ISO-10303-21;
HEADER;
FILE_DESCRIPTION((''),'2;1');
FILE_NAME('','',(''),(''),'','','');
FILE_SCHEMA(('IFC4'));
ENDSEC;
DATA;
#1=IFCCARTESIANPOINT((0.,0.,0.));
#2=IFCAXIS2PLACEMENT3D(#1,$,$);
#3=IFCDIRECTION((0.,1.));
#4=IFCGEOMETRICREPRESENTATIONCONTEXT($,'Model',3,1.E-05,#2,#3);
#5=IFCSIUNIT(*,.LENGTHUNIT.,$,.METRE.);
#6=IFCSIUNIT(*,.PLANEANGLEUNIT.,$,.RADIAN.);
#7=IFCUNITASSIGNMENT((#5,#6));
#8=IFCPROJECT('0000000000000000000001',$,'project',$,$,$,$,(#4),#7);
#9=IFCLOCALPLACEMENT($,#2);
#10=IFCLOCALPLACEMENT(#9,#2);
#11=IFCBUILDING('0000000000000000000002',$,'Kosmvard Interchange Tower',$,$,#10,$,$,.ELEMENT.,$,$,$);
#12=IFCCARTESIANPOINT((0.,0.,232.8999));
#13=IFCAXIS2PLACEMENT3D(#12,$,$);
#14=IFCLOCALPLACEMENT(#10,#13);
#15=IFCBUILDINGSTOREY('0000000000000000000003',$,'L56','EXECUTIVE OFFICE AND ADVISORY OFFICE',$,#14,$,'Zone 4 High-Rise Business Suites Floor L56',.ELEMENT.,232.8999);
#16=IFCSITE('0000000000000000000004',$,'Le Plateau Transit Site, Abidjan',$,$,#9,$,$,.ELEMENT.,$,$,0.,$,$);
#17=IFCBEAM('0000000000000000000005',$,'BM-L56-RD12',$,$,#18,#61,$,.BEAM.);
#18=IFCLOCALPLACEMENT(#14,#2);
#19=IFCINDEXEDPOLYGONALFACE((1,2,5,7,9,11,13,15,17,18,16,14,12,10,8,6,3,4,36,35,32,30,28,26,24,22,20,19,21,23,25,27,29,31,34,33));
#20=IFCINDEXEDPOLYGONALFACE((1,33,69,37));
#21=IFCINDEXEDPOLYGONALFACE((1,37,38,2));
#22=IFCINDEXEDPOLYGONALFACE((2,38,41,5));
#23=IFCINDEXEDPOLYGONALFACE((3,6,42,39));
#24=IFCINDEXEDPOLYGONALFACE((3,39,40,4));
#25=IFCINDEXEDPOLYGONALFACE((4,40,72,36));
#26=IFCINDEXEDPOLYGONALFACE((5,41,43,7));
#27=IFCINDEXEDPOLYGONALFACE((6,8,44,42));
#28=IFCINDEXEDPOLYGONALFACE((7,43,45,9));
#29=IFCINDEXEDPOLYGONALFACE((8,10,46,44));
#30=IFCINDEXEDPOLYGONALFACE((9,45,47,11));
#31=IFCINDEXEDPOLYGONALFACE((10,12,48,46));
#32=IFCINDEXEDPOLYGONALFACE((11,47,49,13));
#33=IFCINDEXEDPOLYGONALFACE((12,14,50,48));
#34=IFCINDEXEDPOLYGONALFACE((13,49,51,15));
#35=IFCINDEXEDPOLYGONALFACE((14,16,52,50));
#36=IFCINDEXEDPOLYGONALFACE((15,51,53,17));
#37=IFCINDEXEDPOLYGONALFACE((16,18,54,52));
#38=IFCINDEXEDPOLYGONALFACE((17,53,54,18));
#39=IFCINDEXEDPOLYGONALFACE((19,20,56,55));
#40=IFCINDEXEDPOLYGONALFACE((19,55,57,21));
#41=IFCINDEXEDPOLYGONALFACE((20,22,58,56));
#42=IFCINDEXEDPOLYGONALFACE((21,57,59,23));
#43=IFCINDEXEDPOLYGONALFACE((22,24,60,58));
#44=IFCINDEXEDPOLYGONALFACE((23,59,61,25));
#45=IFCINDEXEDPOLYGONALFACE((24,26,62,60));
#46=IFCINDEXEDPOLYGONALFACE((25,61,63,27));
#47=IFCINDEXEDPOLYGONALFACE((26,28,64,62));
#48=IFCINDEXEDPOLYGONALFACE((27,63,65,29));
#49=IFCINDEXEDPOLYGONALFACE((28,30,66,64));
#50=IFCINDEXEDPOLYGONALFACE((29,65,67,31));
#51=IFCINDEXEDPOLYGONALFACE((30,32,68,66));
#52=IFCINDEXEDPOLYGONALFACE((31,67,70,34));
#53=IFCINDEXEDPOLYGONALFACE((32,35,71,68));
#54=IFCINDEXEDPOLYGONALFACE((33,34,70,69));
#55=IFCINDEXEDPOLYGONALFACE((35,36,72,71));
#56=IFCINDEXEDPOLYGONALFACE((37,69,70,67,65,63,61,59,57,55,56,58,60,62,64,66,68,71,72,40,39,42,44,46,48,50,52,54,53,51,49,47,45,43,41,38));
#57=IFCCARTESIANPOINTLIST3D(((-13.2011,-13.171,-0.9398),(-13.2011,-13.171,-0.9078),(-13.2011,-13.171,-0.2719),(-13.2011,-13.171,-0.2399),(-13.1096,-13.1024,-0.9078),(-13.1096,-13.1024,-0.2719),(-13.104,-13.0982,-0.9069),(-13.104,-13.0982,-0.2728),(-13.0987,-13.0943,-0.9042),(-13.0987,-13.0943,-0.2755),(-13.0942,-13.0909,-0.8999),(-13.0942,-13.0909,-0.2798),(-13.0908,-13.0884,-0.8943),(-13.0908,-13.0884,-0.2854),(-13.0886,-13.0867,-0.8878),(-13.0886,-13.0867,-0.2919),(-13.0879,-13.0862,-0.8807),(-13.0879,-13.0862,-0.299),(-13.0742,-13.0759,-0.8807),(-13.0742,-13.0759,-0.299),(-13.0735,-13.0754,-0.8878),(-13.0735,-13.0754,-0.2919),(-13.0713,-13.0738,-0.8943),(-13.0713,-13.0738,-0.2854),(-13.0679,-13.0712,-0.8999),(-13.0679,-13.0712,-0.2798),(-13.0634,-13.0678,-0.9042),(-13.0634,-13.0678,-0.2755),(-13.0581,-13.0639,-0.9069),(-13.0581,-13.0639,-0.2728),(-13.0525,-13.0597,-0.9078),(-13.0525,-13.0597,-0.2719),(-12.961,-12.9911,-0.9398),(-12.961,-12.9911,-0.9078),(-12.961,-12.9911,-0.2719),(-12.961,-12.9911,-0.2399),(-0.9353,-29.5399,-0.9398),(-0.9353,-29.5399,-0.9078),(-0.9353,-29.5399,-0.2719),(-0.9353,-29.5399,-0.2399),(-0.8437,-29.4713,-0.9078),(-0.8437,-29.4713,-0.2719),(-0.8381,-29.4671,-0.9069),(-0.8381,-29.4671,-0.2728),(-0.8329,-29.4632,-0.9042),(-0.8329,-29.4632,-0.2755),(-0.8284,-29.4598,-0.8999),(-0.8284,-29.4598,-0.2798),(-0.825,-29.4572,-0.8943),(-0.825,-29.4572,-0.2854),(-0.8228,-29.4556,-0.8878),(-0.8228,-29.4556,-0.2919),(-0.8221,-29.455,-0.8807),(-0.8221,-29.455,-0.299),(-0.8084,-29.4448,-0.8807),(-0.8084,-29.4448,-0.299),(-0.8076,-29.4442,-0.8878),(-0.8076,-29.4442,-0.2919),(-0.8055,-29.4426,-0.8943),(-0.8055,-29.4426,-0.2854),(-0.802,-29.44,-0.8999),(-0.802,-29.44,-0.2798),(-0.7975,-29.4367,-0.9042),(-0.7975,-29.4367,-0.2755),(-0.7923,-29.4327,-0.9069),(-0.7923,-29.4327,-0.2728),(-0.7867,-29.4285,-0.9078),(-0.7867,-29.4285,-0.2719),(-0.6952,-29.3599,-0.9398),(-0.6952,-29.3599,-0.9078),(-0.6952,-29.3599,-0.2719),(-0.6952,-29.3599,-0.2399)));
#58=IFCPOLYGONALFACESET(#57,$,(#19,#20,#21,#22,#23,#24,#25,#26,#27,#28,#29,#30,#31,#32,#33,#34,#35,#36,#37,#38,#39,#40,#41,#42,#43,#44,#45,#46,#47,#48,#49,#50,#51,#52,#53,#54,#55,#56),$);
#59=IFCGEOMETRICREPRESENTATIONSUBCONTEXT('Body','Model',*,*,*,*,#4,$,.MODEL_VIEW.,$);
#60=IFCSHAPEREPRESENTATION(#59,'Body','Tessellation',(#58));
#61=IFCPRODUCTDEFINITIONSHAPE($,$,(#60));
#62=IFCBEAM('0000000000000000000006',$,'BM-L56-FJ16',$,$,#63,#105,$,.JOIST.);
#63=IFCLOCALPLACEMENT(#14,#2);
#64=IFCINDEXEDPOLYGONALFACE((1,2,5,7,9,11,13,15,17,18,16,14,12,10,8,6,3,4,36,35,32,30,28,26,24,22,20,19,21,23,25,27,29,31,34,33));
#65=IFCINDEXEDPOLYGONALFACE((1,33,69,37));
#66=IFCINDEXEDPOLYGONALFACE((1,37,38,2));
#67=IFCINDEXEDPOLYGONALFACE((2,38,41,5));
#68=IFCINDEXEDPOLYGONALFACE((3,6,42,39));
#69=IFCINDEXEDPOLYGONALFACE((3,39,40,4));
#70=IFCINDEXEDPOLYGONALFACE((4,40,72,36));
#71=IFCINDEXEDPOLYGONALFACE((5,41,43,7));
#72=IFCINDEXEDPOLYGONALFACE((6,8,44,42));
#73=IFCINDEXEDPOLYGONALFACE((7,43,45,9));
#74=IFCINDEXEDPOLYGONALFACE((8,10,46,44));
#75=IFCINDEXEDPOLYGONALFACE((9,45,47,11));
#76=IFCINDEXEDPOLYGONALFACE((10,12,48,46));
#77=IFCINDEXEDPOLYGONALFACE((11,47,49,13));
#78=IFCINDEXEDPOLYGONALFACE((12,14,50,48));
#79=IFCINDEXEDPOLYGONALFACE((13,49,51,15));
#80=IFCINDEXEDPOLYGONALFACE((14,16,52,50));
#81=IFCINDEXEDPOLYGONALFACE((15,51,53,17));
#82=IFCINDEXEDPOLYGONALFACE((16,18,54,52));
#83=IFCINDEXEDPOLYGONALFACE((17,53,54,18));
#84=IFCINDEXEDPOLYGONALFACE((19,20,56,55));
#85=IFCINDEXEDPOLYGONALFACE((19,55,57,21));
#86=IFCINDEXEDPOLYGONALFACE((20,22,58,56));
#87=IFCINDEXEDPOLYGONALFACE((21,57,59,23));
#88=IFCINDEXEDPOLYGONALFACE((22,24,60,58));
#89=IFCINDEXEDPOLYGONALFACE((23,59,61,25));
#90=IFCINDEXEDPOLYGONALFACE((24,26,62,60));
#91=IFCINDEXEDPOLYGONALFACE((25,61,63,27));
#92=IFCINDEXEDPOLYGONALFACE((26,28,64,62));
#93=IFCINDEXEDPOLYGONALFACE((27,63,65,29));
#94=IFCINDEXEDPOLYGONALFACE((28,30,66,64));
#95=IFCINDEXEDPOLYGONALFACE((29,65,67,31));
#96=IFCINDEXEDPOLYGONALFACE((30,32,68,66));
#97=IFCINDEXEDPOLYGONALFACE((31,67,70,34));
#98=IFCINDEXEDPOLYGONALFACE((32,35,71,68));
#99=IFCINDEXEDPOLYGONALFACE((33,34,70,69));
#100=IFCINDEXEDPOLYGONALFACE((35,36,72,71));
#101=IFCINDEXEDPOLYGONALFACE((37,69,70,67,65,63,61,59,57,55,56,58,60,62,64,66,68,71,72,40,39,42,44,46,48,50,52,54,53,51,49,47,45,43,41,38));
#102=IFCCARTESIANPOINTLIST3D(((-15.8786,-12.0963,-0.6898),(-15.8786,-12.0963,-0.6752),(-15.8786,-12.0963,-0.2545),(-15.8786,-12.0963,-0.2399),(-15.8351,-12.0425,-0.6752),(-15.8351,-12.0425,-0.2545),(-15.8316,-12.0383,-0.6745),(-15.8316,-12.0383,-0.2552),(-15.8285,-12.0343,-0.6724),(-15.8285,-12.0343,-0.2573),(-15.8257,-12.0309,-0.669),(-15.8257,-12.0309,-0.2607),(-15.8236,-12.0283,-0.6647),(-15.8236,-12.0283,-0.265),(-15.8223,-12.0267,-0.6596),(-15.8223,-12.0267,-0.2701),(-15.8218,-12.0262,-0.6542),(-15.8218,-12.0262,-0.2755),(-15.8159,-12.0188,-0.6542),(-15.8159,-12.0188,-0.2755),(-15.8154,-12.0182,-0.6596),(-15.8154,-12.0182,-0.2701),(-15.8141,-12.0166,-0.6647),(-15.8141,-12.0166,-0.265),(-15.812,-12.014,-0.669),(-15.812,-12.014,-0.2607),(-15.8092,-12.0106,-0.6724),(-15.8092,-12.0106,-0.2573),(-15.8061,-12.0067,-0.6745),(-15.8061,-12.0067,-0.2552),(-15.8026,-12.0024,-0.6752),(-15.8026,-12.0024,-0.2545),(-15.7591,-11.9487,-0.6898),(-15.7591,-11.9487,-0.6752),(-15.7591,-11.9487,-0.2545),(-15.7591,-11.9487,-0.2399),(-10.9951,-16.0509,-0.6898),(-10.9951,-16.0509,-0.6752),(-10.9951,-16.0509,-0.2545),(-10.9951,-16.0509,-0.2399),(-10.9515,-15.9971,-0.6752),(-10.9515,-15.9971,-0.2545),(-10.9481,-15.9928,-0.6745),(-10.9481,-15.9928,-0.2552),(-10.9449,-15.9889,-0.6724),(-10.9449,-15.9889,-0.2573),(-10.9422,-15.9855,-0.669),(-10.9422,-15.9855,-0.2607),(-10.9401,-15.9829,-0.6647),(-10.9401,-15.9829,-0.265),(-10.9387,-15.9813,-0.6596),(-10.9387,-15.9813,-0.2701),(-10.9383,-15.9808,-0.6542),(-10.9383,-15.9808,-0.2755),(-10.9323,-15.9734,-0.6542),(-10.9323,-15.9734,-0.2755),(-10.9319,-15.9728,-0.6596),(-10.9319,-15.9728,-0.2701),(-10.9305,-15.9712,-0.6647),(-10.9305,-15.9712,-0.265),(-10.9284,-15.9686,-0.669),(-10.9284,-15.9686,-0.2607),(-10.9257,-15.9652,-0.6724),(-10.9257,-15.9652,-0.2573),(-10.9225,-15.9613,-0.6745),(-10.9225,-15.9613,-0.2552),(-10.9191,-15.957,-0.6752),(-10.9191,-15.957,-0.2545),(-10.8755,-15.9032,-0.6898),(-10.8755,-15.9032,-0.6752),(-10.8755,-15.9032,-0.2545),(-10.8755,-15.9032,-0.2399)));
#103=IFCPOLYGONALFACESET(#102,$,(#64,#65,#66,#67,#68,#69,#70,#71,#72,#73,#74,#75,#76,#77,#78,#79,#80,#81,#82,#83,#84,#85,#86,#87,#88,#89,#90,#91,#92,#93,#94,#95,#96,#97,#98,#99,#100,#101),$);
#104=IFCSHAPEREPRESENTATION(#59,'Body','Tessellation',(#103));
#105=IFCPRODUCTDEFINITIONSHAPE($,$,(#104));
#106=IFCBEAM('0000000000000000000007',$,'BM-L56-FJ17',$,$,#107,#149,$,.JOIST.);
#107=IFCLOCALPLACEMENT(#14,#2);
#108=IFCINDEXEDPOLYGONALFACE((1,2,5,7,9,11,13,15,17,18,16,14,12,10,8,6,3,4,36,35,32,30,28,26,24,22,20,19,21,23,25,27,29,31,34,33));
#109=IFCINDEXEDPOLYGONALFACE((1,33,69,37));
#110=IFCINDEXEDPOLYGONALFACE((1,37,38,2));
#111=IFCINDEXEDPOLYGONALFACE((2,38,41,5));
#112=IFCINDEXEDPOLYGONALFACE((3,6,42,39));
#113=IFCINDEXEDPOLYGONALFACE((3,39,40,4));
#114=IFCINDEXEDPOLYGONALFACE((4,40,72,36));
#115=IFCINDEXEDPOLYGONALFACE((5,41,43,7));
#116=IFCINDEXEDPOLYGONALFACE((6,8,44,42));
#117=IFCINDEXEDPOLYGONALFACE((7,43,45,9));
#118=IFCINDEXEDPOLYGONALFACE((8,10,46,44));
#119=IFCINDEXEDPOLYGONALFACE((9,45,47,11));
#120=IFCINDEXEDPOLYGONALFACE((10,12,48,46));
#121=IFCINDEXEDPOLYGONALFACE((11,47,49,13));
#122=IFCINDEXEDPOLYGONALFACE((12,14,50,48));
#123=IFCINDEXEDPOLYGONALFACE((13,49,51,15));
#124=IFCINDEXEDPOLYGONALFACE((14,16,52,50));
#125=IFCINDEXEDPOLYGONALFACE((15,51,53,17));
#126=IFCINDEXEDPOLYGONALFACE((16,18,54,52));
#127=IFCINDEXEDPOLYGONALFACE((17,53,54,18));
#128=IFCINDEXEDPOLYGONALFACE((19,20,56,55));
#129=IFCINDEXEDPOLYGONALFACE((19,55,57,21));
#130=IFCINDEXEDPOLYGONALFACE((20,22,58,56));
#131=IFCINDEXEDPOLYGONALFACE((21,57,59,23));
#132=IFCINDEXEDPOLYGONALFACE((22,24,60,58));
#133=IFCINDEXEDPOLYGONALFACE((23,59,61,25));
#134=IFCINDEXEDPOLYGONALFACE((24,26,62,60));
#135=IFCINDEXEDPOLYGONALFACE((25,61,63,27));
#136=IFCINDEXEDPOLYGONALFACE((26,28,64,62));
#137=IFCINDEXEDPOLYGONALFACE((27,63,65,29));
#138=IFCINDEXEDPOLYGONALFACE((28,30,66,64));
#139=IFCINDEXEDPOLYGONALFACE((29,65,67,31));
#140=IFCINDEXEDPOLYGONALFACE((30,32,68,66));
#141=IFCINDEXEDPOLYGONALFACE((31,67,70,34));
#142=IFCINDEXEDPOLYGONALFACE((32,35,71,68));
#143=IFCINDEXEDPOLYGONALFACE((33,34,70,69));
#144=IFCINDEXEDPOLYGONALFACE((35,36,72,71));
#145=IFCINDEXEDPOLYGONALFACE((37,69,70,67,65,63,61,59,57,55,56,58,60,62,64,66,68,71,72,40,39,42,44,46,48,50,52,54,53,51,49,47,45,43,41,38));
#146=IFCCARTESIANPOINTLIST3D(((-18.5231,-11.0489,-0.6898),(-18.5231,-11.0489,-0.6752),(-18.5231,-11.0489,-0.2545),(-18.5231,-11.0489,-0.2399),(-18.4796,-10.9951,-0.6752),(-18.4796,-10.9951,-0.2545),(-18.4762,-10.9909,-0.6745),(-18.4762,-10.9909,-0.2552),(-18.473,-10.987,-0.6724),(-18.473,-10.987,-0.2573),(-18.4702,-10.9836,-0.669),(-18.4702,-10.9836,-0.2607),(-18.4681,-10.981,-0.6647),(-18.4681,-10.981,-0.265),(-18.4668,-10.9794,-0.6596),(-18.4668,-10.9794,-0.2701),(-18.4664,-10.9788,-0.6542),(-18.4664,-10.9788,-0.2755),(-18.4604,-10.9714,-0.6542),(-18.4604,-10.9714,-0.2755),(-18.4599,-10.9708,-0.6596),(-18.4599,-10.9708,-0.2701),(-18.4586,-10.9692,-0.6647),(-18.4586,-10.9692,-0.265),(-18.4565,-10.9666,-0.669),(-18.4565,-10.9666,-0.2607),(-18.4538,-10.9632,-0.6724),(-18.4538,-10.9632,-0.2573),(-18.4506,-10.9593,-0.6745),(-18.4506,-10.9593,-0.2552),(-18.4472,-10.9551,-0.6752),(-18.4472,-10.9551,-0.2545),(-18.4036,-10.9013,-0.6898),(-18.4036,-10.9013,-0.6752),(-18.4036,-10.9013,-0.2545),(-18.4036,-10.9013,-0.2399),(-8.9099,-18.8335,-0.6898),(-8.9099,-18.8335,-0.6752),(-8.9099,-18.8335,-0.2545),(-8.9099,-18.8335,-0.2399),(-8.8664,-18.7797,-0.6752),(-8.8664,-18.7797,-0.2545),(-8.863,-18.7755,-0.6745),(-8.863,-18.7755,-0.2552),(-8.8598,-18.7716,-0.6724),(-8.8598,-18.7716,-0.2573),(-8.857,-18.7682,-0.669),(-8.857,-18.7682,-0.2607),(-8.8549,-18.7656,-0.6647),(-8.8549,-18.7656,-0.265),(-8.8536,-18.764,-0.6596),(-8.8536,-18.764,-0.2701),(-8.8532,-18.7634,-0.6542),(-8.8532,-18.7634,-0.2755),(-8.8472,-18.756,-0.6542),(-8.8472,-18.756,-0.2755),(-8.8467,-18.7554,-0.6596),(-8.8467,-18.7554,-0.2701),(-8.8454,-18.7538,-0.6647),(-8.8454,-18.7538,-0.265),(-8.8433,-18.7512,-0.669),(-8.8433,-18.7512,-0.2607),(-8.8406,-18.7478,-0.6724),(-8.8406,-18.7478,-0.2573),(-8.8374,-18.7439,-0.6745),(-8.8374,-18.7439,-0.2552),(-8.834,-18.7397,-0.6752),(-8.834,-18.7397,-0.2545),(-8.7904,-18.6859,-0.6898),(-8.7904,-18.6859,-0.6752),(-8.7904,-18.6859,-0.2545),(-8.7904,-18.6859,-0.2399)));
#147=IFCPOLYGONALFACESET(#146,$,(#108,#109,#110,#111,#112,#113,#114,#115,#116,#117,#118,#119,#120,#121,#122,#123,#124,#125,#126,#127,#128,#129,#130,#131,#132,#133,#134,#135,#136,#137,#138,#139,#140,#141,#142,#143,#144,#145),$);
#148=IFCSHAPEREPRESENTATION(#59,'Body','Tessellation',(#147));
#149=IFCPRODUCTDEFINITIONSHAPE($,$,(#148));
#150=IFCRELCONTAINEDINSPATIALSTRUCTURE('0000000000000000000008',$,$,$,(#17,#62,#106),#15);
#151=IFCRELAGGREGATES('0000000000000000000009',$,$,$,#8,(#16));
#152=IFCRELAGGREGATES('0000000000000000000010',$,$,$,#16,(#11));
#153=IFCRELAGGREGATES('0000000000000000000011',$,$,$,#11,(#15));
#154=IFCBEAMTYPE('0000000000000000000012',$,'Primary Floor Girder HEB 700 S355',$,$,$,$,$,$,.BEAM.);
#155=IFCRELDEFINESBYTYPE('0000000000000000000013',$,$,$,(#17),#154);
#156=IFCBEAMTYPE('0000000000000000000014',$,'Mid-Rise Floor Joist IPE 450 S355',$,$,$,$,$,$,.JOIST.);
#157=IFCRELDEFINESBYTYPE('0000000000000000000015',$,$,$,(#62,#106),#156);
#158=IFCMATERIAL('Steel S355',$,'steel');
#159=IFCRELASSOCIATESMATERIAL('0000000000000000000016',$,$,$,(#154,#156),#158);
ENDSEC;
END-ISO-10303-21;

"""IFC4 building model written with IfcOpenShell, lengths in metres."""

from ifc_helpers import new_model, si_unit, direction, frame, origin, origin_2d, place, context, subcontext, project, spatial, i_section, extrude, source, transform, mapped, material, material_profile, profile_set, type_object, element, save


model = new_model("IFC4")

# Units and contexts
model_context = context("Model", 3, precision=1e-05, world=origin(), true_north=direction((0.0, 1.0)))
body_context = subcontext(model_context, "Body", "Model", "MODEL_VIEW")
ifc_project = project(units=[si_unit("LENGTHUNIT", "METRE"), si_unit("PLANEANGLEUNIT", "RADIAN")], contexts=[model_context])

# Site, building, storey
site_placement = place(None, origin())
site = spatial("IfcSite", under=ifc_project, at=site_placement, Name="Le Plateau Transit Site, Abidjan", CompositionType="ELEMENT", RefElevation=0.0)
building_placement = place(site_placement, origin())
building = spatial("IfcBuilding", under=site, at=building_placement, Name="Kosmvard Interchange Tower", CompositionType="ELEMENT")
storey_placement = place(building_placement, frame((0.0, 0.0, 232.8999)))
storey = spatial("IfcBuildingStorey", under=building, at=storey_placement, Name="L56", Description="EXECUTIVE OFFICE AND ADVISORY OFFICE", LongName="Zone 4 High-Rise Business Suites Floor L56", CompositionType="ELEMENT", Elevation=232.8999)

# Beams
ifc_material_1 = material(Name="Steel S355", Category="steel")
ifc_material_profile_1 = material_profile(ifc_material_1, i_section(OverallWidth=0.3, OverallDepth=0.7, WebThickness=0.0171, FlangeThickness=0.032, FilletRadius=0.0271, at=origin_2d()), Name="HEB 700")
ifc_profile_set_1 = profile_set([ifc_material_profile_1], Name="Steel S355")
beam_type_1 = type_object("IfcBeamType", Name="Primary Floor Girder HEB 700 S355", PredefinedType="BEAM", material=ifc_profile_set_1)
shared_shape_1 = source(origin(), body_context, "Body", "SweptSolid", [
    extrude(i_section(OverallWidth=0.3, OverallDepth=0.7, WebThickness=0.0171, FlangeThickness=0.032, FilletRadius=0.0271, at=origin_2d()), origin(), (0.0, 0.0, 1.0), 20.4546),
])
beam_1_placement = place(storey_placement, frame((-13.0811, -13.0811, -0.5898), z_axis=(0.599662, -0.800253, 0.0), x_axis=(0.800253, 0.599662, 0.0)))
element("IfcBeam", 1, at=beam_1_placement, inside=storey, type_object=beam_type_1, Name="BM-L56-RD12", PredefinedType="BEAM", context=body_context, shape_type="MappedRepresentation", body=[
    mapped(shared_shape_1, transform((0.0, 0.0, 0.0), scale=1.0)),
])
ifc_material_profile_2 = material_profile(ifc_material_1, i_section(OverallWidth=0.1899, OverallDepth=0.45, WebThickness=0.0095, FlangeThickness=0.0146, FilletRadius=0.021, at=origin_2d()), Name="IPE 450")
ifc_profile_set_2 = profile_set([ifc_material_profile_2], Name="Steel S355")
beam_type_2 = type_object("IfcBeamType", Name="Mid-Rise Floor Joist IPE 450 S355", PredefinedType="JOIST", material=ifc_profile_set_2)
shared_shape_2 = source(origin(), body_context, "Body", "SweptSolid", [
    extrude(i_section(OverallWidth=0.1899, OverallDepth=0.45, WebThickness=0.0095, FlangeThickness=0.0146, FilletRadius=0.021, at=origin_2d()), origin(), (0.0, 0.0, 1.0), 6.2839),
])
beam_2_placement = place(storey_placement, frame((-15.8188, -12.0225, -0.4648), z_axis=(0.777148, -0.629318, 0.0), x_axis=(0.629318, 0.777148, 0.0)))
element("IfcBeam", 2, at=beam_2_placement, inside=storey, type_object=beam_type_2, Name="BM-L56-FJ16", PredefinedType="JOIST", context=body_context, shape_type="MappedRepresentation", body=[
    mapped(shared_shape_2, transform((0.0, 0.0, 0.0), scale=1.0)),
])
shared_shape_3 = source(origin(), body_context, "Body", "SweptSolid", [
    extrude(i_section(OverallWidth=0.1899, OverallDepth=0.45, WebThickness=0.0095, FlangeThickness=0.0146, FilletRadius=0.021, at=origin_2d()), origin(), (0.0, 0.0, 1.0), 12.3699),
])
beam_3_placement = place(storey_placement, frame((-18.4634, -10.9751, -0.4648), z_axis=(0.777147, -0.62932, 0.0), x_axis=(0.62932, 0.777147, 0.0)))
element("IfcBeam", 3, at=beam_3_placement, inside=storey, type_object=beam_type_2, Name="BM-L56-FJ17", PredefinedType="JOIST", context=body_context, shape_type="MappedRepresentation", body=[
    mapped(shared_shape_3, transform((0.0, 0.0, 0.0), scale=1.0)),
])

save(model, "model.ifc")
